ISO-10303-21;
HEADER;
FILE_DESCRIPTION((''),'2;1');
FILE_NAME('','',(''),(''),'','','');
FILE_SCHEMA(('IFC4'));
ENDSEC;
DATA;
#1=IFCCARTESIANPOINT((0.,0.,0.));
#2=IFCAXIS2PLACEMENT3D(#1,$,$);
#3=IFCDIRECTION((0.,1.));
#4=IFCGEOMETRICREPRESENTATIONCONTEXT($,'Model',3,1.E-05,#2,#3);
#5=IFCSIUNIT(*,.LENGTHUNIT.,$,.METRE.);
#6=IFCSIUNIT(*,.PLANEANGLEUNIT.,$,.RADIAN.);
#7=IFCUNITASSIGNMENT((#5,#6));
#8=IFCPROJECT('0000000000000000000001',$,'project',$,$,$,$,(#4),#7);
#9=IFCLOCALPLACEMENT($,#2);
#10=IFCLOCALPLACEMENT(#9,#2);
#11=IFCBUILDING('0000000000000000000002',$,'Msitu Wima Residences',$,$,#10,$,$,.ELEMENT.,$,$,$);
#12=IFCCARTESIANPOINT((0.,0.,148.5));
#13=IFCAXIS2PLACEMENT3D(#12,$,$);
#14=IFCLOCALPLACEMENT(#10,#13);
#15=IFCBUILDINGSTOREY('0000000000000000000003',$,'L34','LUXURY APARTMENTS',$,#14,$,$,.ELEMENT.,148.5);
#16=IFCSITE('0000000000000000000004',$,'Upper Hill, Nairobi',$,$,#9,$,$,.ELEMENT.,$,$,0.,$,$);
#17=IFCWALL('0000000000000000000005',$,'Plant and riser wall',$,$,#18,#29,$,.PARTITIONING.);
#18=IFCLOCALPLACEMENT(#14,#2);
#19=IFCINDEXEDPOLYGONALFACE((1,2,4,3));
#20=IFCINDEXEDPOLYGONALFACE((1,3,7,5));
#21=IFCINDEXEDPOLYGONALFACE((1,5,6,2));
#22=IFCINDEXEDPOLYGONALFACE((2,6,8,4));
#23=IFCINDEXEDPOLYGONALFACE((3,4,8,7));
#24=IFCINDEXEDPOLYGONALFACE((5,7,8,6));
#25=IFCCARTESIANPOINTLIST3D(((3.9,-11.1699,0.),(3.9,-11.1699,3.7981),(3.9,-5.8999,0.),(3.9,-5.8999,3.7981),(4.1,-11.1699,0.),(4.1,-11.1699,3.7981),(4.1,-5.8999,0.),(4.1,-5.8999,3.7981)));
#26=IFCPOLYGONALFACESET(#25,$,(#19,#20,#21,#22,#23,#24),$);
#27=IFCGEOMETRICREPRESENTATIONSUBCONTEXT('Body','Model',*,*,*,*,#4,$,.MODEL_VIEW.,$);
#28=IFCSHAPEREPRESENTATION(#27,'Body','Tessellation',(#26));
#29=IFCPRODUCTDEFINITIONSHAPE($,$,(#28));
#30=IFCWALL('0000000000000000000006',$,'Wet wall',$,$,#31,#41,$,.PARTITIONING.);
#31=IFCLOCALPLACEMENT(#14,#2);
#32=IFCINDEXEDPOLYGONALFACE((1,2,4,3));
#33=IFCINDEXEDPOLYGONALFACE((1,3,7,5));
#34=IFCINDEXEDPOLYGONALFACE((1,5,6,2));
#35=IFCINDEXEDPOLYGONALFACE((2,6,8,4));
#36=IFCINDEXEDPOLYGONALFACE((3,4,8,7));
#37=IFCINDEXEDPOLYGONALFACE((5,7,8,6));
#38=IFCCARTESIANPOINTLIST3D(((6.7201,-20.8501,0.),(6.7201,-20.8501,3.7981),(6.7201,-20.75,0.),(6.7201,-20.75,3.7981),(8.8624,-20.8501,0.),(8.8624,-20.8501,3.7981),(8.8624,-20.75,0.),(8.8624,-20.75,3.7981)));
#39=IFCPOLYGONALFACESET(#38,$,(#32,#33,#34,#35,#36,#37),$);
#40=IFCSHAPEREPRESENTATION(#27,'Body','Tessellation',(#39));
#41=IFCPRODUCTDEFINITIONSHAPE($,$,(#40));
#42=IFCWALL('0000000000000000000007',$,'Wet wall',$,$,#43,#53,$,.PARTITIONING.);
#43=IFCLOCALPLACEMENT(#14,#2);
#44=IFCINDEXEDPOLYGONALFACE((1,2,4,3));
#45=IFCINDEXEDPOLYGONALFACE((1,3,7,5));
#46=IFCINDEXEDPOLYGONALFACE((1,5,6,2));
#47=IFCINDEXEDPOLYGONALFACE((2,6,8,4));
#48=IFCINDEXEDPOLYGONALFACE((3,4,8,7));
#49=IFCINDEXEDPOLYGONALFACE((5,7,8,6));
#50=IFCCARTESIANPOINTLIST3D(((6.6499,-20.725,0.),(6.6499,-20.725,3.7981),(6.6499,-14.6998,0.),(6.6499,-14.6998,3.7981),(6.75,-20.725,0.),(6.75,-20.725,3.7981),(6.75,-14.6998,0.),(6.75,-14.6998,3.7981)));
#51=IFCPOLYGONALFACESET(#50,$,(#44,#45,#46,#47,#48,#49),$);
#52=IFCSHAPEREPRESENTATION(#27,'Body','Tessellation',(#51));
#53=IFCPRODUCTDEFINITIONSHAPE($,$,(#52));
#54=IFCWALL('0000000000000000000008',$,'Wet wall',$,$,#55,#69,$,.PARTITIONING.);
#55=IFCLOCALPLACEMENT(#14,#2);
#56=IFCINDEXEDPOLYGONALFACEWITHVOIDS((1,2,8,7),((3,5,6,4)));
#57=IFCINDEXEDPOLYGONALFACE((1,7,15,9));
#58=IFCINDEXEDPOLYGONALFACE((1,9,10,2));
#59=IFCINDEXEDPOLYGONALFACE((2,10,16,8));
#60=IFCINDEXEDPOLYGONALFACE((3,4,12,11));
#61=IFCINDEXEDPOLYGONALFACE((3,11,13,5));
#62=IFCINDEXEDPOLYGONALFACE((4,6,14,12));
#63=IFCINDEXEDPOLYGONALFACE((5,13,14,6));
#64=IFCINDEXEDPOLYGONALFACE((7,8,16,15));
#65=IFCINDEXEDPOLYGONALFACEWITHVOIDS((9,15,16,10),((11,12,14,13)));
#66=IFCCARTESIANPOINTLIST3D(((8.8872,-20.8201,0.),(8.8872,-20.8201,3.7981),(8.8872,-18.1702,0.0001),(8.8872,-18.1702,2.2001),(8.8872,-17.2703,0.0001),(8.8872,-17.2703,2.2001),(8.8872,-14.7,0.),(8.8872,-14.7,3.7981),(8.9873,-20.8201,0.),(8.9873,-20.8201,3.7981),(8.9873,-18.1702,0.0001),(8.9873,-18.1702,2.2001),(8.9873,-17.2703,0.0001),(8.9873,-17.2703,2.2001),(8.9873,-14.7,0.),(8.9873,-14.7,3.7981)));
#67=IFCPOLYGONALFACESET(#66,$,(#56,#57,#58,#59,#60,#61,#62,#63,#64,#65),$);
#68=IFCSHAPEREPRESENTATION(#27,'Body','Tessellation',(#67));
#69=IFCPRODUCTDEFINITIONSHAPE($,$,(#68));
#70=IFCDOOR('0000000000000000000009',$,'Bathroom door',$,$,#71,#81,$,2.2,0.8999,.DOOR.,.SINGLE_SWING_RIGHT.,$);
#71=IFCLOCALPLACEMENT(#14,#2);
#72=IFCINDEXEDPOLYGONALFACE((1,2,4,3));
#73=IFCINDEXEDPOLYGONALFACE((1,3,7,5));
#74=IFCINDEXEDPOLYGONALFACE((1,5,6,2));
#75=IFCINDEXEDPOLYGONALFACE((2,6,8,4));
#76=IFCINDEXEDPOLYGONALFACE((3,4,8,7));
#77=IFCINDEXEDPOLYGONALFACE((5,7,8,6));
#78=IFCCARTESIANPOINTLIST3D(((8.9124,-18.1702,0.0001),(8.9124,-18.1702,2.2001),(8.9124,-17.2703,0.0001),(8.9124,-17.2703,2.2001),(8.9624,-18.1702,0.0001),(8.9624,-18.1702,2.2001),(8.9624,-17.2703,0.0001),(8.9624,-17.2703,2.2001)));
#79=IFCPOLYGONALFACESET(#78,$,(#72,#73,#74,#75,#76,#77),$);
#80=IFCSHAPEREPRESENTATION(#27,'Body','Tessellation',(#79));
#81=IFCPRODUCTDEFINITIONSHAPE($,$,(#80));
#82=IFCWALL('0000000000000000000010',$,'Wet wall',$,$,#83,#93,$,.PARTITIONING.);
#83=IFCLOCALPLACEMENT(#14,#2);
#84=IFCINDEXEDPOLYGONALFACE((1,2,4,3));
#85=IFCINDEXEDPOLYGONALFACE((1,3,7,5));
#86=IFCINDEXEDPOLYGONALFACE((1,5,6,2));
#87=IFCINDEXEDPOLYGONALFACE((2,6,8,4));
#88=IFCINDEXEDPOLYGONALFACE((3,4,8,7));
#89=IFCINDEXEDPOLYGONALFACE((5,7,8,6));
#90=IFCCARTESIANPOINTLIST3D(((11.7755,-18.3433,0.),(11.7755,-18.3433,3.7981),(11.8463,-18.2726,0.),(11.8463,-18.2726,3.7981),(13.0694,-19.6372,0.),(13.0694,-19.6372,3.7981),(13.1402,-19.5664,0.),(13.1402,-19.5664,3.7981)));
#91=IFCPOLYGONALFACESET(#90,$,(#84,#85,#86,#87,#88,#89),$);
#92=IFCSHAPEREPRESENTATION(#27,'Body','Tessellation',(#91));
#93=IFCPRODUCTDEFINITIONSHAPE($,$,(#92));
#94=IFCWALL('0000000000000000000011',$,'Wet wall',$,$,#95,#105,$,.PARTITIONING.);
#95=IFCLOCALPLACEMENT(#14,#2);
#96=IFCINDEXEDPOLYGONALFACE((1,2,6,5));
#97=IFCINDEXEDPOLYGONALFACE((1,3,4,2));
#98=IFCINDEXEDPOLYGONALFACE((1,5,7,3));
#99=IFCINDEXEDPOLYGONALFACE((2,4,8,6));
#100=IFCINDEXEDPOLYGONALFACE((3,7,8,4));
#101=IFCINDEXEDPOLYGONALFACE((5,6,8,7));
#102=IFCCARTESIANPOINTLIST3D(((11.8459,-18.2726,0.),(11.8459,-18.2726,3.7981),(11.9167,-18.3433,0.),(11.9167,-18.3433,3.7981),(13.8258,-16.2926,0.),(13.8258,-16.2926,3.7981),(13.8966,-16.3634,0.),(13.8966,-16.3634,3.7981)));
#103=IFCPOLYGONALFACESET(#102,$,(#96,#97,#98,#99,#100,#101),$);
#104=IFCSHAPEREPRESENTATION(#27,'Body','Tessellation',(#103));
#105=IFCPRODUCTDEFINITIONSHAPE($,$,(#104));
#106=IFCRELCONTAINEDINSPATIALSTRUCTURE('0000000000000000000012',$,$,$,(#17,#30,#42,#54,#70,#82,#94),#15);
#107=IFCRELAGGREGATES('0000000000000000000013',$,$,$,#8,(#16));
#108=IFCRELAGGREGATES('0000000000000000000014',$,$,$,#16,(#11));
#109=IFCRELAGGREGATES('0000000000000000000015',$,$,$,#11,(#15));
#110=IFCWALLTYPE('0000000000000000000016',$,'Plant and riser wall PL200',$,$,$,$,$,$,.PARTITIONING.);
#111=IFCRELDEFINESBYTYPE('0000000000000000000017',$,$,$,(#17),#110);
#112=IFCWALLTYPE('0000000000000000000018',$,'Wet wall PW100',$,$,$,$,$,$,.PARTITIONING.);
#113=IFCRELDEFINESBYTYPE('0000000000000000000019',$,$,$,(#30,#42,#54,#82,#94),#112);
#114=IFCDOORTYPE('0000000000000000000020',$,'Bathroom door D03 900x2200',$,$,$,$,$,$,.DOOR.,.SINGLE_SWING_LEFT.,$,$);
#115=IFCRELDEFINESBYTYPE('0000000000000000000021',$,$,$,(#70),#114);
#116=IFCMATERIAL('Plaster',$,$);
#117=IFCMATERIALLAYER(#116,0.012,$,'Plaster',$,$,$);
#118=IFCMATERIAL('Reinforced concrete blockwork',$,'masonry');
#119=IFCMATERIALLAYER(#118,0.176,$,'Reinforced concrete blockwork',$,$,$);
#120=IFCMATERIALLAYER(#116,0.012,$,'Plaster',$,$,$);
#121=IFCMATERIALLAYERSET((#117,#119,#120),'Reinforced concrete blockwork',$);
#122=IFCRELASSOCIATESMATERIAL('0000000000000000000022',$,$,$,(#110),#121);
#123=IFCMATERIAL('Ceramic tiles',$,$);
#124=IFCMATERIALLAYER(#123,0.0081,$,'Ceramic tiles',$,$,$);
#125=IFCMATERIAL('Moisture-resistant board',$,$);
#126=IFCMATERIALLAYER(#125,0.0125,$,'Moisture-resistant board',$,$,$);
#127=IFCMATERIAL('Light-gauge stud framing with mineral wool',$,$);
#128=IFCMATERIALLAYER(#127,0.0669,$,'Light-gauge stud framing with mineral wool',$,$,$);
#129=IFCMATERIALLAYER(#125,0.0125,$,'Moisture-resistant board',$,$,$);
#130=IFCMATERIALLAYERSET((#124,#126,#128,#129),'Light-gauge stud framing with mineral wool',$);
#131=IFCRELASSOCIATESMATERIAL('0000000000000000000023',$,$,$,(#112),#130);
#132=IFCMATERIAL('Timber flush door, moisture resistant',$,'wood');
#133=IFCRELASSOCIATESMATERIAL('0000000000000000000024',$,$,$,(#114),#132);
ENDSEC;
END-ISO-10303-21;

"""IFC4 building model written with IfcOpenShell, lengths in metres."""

from ifc_helpers import new_model, si_unit, direction, frame, frame_2d, origin, place, context, subcontext, project, spatial, rectangle, extrude, material, layer, layer_set, type_object, element, fill, save


model = new_model("IFC4")

# Units and contexts
model_context = context("Model", 3, precision=1e-05, world=origin(), true_north=direction((0.0, 1.0)))
body_context = subcontext(model_context, "Body", "Model", "MODEL_VIEW")
ifc_project = project(units=[si_unit("LENGTHUNIT", "METRE"), si_unit("PLANEANGLEUNIT", "RADIAN")], contexts=[model_context])

# Site, building, storey
site_placement = place(None, origin())
site = spatial("IfcSite", under=ifc_project, at=site_placement, Name="Upper Hill, Nairobi", CompositionType="ELEMENT", RefElevation=0.0)
building_placement = place(site_placement, origin())
building = spatial("IfcBuilding", under=site, at=building_placement, Name="Msitu Wima Residences", CompositionType="ELEMENT")
storey_placement = place(building_placement, frame((0.0, 0.0, 148.5)))
storey = spatial("IfcBuildingStorey", under=building, at=storey_placement, Name="L34", Description="LUXURY APARTMENTS", CompositionType="ELEMENT", Elevation=148.5)

# Shared definitions
ifc_material_1 = material(Name="Plaster")

# Walls
ifc_layer_1 = layer(ifc_material_1, 0.012, Name="Plaster")
ifc_material_2 = material(Name="Reinforced concrete blockwork", Category="masonry")
ifc_layer_2 = layer(ifc_material_2, 0.176, Name="Reinforced concrete blockwork")
ifc_layer_3 = layer(ifc_material_1, 0.012, Name="Plaster")
ifc_layer_set_1 = layer_set([ifc_layer_1, ifc_layer_2, ifc_layer_3], Name="Reinforced concrete blockwork")
wall_type_1 = type_object("IfcWallType", Name="Plant and riser wall PL200", PredefinedType="PARTITIONING", material=ifc_layer_set_1)
wall_1_placement = place(storey_placement, frame((4.0, -11.1699, 0.0), z_axis=(0.0, 0.0, 1.0), x_axis=(0.0, 1.0, 0.0)))
element("IfcWall", 1, at=wall_1_placement, inside=storey, type_object=wall_type_1, Name="Plant and riser wall", PredefinedType="PARTITIONING", context=body_context, shape_type="SweptSolid", body=[
    extrude(rectangle(XDim=5.27, YDim=0.2, at=frame_2d((2.635, 0.0))), origin(), (0.0, 0.0, 1.0), 3.7981),
])
ifc_material_3 = material(Name="Ceramic tiles")
ifc_layer_4 = layer(ifc_material_3, 0.0081, Name="Ceramic tiles")
ifc_material_4 = material(Name="Moisture-resistant board")
ifc_layer_5 = layer(ifc_material_4, 0.0125, Name="Moisture-resistant board")
ifc_material_5 = material(Name="Light-gauge stud framing with mineral wool")
ifc_layer_6 = layer(ifc_material_5, 0.0669, Name="Light-gauge stud framing with mineral wool")
ifc_layer_7 = layer(ifc_material_4, 0.0125, Name="Moisture-resistant board")
ifc_layer_set_2 = layer_set([ifc_layer_4, ifc_layer_5, ifc_layer_6, ifc_layer_7], Name="Light-gauge stud framing with mineral wool")
wall_type_2 = type_object("IfcWallType", Name="Wet wall PW100", PredefinedType="PARTITIONING", material=ifc_layer_set_2)
wall_2_placement = place(storey_placement, frame((6.72, -20.8, 0.0), z_axis=(0.0, 0.0, 1.0), x_axis=(1.0, 0.0, 0.0)))
element("IfcWall", 2, at=wall_2_placement, inside=storey, type_object=wall_type_2, Name="Wet wall", PredefinedType="PARTITIONING", context=body_context, shape_type="SweptSolid", body=[
    extrude(rectangle(XDim=2.1423, YDim=0.1001, at=frame_2d((1.0713, 0.0))), origin(), (0.0, 0.0, 1.0), 3.7981),
])
wall_3_placement = place(storey_placement, frame((6.7, -20.7251, 0.0), z_axis=(0.0, 0.0, 1.0), x_axis=(0.0, 1.0, 0.0)))
element("IfcWall", 3, at=wall_3_placement, inside=storey, type_object=wall_type_2, Name="Wet wall", PredefinedType="PARTITIONING", context=body_context, shape_type="SweptSolid", body=[
    extrude(rectangle(XDim=6.0251, YDim=0.1001, at=frame_2d((3.0127, 0.0))), origin(), (0.0, 0.0, 1.0), 3.7981),
])

# Wall, opening, door
wall_4_placement = place(storey_placement, frame((8.9373, -20.8201, 0.0), z_axis=(0.0, 0.0, 1.0), x_axis=(0.0, 1.0, 0.0)))
wall_4 = element("IfcWall", 4, at=wall_4_placement, inside=storey, type_object=wall_type_2, Name="Wet wall", PredefinedType="PARTITIONING", context=body_context, shape_type="SweptSolid", body=[
    extrude(rectangle(XDim=6.1201, YDim=0.1001, at=frame_2d((3.0601, 0.0))), origin(), (0.0, 0.0, 1.0), 3.7981),
])
opening_1_placement = place(wall_4_placement, frame((2.6499, 0.0, 0.0)))
opening_1 = element("IfcOpeningElement", 5, at=opening_1_placement, cuts=wall_4, PredefinedType="OPENING", context=body_context, shape_type="SweptSolid", body=[
    extrude(rectangle(XDim=0.8999, YDim=2.2, at=frame_2d((0.45, 1.1001))), frame((0.0, 0.0601, 0.0), z_axis=(0.0, -1.0, 0.0), x_axis=(1.0, 0.0, 0.0)), (0.0, 0.0, 1.0), 0.1201),
])
ifc_material_6 = material(Name="Timber flush door, moisture resistant", Category="wood")
door_type_1 = type_object("IfcDoorType", Name="Bathroom door D03 900x2200", OperationType="SINGLE_SWING_LEFT", PredefinedType="DOOR", material=ifc_material_6)
door_1_placement = place(opening_1_placement, origin())
door_1 = element("IfcDoor", 6, at=door_1_placement, inside=storey, type_object=door_type_1, Name="Bathroom door", OperationType="SINGLE_SWING_RIGHT", OverallHeight=2.2, OverallWidth=0.8999, PredefinedType="DOOR", context=body_context, shape_type="SweptSolid", body=[
    extrude(rectangle(XDim=0.8999, YDim=2.2, at=frame_2d((0.45, 1.1001))), frame((0.0, 0.0249, 0.0), z_axis=(0.0, -1.0, 0.0), x_axis=(1.0, 0.0, 0.0)), (0.0, 0.0, 1.0), 0.05),
])
fill(opening_1, door_1)

# Walls
wall_5_placement = place(storey_placement, frame((11.8108, -18.3079, 0.0), z_axis=(0.0, 0.0, 1.0), x_axis=(0.707107, -0.707107, 0.0)))
element("IfcWall", 7, at=wall_5_placement, inside=storey, type_object=wall_type_2, Name="Wet wall", PredefinedType="PARTITIONING", context=body_context, shape_type="SweptSolid", body=[
    extrude(rectangle(XDim=1.8298, YDim=0.1001, at=frame_2d((0.915, 0.0))), origin(), (0.0, 0.0, 1.0), 3.7981),
])
wall_6_placement = place(storey_placement, frame((11.8813, -18.3079, 0.0), z_axis=(0.0, 0.0, 1.0), x_axis=(0.707107, 0.707107, 0.0)))
element("IfcWall", 8, at=wall_6_placement, inside=storey, type_object=wall_type_2, Name="Wet wall", PredefinedType="PARTITIONING", context=body_context, shape_type="SweptSolid", body=[
    extrude(rectangle(XDim=2.8, YDim=0.1001, at=frame_2d((1.3999, 0.0))), origin(), (0.0, 0.0, 1.0), 3.7981),
])

save(model, "model.ifc")
